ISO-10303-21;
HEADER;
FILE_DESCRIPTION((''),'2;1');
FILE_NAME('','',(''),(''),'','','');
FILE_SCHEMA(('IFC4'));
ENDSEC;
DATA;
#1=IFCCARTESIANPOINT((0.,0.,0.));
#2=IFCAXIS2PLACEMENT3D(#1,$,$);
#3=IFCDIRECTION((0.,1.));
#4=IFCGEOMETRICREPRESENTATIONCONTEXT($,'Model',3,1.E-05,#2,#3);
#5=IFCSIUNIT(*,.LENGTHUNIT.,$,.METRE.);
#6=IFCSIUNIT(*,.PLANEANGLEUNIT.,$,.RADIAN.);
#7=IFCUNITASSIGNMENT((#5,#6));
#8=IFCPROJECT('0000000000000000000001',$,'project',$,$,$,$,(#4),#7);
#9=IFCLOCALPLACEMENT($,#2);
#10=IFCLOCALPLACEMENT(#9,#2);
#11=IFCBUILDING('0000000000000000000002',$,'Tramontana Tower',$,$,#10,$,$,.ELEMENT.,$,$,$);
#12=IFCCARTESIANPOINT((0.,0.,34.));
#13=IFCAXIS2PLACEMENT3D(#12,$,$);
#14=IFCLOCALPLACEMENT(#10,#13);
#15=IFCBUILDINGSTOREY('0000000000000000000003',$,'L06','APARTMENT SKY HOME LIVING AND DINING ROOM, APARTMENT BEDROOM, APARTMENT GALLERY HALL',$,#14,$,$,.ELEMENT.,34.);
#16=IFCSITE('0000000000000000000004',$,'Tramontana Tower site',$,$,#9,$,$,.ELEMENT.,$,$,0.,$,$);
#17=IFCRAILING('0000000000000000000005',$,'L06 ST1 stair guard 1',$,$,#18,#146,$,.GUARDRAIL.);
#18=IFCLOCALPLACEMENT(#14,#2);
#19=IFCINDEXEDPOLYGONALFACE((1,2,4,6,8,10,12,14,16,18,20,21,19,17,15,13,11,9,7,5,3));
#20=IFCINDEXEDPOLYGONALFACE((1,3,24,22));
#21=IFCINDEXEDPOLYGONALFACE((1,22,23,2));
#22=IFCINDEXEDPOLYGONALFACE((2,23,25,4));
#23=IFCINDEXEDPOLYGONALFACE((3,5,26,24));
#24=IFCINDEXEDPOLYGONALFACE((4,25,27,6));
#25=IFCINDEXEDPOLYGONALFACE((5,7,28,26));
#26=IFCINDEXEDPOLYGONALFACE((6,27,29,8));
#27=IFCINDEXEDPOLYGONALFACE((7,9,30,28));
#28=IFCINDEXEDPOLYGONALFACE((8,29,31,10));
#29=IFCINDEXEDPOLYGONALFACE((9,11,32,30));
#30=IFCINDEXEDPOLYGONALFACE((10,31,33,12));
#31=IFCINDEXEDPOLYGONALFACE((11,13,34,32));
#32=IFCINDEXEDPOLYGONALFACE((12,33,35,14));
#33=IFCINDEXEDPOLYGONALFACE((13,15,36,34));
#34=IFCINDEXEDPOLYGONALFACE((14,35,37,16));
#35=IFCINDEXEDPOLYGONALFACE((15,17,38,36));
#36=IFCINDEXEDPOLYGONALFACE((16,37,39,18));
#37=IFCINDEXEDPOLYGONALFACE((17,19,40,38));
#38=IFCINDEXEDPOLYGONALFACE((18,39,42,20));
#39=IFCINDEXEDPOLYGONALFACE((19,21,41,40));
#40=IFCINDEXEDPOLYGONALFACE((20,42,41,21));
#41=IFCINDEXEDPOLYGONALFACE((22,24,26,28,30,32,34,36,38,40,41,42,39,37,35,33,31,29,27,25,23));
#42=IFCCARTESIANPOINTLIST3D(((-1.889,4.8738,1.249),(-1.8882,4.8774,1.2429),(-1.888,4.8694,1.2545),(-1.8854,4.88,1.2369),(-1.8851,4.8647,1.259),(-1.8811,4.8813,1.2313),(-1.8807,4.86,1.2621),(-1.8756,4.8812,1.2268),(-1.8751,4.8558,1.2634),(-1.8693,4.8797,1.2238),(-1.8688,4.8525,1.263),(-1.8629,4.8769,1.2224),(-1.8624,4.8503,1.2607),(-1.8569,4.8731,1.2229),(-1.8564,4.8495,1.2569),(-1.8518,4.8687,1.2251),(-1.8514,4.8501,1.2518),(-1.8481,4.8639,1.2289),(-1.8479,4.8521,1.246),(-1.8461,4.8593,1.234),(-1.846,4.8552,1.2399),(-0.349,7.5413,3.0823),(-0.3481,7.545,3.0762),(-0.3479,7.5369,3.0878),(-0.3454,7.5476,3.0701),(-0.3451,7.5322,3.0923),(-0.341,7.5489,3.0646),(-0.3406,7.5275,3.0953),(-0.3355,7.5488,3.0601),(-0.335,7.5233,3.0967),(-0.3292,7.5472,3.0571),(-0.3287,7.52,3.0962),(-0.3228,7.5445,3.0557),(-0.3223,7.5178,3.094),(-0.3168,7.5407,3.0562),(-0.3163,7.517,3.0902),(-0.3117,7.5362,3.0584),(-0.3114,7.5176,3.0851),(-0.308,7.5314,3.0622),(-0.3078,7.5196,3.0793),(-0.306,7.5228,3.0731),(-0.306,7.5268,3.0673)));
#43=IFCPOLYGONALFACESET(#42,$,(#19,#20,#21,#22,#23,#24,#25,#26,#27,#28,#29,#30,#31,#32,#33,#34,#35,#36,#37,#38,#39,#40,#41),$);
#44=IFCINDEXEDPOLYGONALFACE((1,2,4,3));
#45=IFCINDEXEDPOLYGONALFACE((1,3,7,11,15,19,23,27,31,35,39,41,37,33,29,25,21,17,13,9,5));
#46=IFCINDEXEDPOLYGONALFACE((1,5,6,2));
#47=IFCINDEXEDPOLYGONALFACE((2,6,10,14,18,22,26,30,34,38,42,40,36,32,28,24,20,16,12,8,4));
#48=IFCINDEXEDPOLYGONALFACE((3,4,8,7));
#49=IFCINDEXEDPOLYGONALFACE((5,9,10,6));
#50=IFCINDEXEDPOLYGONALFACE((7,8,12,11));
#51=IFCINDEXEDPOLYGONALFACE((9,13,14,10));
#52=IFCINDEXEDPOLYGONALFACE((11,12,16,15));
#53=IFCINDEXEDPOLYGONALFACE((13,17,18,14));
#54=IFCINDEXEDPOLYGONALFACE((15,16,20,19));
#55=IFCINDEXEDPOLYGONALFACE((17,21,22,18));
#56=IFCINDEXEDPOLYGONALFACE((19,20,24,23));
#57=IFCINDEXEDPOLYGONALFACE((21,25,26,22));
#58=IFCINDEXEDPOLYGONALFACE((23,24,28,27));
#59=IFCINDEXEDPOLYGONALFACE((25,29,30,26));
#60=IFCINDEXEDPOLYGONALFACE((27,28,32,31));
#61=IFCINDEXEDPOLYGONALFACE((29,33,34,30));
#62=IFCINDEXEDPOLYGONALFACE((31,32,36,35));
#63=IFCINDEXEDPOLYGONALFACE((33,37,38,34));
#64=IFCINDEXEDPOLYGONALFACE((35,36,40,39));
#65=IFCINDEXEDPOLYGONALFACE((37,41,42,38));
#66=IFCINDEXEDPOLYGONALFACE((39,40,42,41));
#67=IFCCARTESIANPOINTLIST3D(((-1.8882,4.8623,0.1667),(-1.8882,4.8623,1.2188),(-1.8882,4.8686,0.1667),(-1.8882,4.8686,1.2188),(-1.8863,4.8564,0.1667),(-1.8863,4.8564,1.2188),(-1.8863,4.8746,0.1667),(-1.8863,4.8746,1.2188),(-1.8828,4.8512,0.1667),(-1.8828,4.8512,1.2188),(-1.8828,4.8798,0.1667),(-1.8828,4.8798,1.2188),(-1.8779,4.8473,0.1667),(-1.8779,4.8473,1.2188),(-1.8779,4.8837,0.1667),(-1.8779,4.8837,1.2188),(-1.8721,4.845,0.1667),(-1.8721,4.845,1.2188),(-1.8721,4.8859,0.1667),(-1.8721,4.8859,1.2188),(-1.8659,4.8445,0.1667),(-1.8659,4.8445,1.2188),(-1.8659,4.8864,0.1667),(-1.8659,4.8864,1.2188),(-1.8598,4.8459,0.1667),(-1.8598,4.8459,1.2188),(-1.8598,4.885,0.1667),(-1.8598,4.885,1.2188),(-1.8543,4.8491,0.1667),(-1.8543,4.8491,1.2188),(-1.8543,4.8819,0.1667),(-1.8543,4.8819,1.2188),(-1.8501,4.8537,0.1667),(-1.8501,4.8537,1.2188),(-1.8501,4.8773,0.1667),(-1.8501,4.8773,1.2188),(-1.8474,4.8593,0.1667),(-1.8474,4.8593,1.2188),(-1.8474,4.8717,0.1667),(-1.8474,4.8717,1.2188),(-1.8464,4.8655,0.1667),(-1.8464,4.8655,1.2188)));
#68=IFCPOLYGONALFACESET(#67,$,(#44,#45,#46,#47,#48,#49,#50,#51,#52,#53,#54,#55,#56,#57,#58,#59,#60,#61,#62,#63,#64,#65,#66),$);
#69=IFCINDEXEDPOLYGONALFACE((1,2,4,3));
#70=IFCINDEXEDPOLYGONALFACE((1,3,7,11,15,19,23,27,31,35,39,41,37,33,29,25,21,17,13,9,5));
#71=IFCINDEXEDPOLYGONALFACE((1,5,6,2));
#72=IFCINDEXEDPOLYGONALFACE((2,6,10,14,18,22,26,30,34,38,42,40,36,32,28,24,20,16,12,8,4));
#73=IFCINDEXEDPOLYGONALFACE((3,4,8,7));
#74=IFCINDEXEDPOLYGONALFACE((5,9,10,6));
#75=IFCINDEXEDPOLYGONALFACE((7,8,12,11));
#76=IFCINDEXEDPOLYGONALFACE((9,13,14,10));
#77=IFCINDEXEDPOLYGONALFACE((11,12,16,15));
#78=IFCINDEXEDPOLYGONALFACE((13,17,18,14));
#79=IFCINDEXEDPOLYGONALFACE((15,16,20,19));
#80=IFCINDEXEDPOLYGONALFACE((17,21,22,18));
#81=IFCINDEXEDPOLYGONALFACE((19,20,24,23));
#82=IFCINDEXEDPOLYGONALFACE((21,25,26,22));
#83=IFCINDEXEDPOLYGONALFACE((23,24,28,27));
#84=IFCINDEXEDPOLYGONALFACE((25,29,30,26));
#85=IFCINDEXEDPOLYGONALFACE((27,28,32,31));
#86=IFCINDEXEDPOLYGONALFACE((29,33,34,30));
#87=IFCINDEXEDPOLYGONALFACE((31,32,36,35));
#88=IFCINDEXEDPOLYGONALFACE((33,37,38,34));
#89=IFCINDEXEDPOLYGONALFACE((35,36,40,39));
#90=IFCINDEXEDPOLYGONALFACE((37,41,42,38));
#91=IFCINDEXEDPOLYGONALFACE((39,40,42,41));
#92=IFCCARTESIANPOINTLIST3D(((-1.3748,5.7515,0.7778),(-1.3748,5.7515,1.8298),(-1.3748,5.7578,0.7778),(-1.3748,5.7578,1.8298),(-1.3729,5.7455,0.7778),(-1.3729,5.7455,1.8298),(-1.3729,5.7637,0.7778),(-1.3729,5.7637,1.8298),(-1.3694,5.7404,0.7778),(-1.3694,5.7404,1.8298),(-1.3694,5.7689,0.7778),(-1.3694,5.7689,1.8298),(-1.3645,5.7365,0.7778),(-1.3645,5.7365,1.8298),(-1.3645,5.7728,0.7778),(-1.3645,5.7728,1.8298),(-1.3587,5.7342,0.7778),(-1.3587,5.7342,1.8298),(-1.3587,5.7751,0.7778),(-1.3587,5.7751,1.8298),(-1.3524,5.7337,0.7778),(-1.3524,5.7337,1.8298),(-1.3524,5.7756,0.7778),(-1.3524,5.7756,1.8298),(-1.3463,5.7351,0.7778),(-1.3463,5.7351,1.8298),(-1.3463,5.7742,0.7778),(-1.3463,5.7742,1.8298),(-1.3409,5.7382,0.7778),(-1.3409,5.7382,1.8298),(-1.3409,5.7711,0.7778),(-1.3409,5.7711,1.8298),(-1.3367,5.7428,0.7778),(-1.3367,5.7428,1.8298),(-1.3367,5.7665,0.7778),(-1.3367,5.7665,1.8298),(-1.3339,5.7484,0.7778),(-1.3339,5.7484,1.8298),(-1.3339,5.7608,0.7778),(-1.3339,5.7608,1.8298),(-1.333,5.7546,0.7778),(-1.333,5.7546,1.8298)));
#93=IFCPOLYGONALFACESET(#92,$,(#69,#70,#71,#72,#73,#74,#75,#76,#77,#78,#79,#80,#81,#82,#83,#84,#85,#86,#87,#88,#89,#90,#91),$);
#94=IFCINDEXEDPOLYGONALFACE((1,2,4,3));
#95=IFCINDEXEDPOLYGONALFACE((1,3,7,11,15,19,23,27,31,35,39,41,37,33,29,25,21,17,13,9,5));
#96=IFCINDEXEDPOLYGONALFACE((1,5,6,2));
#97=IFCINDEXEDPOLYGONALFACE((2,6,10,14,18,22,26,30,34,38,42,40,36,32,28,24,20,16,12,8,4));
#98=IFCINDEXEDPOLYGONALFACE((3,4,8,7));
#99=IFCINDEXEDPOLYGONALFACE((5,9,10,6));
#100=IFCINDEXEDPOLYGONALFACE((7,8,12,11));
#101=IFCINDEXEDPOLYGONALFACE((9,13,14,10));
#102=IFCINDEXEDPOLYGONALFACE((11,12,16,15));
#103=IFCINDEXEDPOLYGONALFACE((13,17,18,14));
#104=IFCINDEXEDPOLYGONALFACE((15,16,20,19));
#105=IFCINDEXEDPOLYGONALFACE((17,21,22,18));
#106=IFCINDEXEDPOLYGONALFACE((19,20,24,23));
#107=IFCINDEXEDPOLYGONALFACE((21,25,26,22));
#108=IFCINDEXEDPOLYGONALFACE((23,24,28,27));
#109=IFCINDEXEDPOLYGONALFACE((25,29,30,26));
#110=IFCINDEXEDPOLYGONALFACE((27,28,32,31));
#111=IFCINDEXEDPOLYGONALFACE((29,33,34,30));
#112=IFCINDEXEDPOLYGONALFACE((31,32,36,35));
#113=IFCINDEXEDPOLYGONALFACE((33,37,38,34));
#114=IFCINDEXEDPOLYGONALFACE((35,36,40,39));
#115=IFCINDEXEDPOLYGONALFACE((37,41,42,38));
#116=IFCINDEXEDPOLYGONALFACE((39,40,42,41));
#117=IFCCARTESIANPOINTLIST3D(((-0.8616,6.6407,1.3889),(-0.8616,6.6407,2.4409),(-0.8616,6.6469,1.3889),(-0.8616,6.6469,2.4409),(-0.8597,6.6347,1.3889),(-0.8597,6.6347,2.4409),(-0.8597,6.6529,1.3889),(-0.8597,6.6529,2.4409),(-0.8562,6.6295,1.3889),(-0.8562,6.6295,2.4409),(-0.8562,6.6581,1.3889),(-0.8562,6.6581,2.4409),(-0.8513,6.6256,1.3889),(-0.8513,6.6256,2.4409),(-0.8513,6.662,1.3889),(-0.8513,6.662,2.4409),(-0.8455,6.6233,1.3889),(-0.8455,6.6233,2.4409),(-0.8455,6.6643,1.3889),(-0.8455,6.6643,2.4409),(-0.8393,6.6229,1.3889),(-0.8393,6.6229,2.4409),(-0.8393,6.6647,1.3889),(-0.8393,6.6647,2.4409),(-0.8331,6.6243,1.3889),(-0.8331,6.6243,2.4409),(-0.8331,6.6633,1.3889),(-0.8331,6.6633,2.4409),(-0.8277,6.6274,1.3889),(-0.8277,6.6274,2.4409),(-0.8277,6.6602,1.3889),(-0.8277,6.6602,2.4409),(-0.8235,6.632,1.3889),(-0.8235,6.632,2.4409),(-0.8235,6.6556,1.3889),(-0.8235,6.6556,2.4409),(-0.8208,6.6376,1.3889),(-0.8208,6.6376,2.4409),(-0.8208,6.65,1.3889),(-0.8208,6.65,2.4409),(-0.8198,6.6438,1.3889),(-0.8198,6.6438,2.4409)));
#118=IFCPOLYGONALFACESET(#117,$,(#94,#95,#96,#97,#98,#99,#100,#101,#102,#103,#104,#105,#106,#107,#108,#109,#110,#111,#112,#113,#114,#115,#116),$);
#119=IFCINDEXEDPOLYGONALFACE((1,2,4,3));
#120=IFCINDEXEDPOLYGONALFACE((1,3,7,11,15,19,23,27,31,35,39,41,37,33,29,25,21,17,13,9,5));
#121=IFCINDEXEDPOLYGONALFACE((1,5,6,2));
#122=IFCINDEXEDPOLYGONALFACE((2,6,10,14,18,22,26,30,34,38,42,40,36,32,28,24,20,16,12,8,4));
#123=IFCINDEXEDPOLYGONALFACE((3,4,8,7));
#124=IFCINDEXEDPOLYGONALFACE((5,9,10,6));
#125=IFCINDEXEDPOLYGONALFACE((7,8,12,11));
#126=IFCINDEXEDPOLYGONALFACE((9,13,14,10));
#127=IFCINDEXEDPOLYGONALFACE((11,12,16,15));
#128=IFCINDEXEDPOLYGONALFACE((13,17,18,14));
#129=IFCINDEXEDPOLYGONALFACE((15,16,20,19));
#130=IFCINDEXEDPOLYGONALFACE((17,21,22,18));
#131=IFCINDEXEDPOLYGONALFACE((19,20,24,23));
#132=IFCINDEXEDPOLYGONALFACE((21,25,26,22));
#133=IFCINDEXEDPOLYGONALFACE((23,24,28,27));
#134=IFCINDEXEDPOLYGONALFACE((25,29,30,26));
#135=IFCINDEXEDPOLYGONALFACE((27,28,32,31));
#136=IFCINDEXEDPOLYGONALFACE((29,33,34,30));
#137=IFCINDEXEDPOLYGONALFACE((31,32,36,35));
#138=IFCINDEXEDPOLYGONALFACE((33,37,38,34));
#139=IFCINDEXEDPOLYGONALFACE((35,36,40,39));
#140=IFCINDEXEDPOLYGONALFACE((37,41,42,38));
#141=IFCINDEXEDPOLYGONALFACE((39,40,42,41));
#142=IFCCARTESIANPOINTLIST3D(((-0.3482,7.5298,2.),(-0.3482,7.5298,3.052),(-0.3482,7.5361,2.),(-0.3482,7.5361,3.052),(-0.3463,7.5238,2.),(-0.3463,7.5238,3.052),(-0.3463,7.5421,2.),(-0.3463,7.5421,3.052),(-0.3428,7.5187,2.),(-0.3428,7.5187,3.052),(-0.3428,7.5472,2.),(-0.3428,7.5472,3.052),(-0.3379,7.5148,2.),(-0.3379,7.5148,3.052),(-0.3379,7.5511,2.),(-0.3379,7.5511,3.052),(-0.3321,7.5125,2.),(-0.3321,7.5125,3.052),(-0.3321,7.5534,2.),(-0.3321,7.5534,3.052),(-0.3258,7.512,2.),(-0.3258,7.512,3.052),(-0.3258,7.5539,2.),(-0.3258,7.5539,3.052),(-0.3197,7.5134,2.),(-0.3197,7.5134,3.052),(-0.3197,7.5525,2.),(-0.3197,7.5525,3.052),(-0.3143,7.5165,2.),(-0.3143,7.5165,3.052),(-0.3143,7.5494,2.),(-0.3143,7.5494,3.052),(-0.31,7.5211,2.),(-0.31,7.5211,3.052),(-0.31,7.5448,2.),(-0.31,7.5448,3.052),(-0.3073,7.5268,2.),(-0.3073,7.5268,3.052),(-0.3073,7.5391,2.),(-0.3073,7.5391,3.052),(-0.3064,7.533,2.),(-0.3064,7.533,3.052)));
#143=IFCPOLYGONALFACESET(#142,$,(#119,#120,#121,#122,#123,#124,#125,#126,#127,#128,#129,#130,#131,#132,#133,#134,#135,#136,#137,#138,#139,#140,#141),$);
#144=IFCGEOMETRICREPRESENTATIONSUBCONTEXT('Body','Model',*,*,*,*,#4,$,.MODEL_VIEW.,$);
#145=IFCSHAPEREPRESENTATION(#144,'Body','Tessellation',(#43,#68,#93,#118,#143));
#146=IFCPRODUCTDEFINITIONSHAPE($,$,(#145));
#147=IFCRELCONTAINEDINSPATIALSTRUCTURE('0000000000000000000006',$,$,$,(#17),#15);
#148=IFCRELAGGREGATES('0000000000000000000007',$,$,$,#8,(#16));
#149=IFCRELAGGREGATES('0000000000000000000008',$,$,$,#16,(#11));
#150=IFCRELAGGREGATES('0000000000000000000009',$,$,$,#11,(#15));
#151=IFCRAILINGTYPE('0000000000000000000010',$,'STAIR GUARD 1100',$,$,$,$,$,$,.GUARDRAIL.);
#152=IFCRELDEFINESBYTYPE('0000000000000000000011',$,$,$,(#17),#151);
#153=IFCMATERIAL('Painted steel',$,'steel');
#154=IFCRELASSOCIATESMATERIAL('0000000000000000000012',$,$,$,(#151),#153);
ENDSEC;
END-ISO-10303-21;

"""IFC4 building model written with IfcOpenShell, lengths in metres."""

from ifc_helpers import new_model, si_unit, direction, frame, origin, origin_2d, place, context, subcontext, project, spatial, circle, extrude, material, type_object, element, save


model = new_model("IFC4")

# Units and contexts
model_context = context("Model", 3, precision=1e-05, world=origin(), true_north=direction((0.0, 1.0)))
body_context = subcontext(model_context, "Body", "Model", "MODEL_VIEW")
ifc_project = project(units=[si_unit("LENGTHUNIT", "METRE"), si_unit("PLANEANGLEUNIT", "RADIAN")], contexts=[model_context])

# Site, building, storey
site_placement = place(None, origin())
site = spatial("IfcSite", under=ifc_project, at=site_placement, Name="Tramontana Tower site", CompositionType="ELEMENT", RefElevation=0.0)
building_placement = place(site_placement, origin())
building = spatial("IfcBuilding", under=site, at=building_placement, Name="Tramontana Tower", CompositionType="ELEMENT")
storey_placement = place(building_placement, frame((0.0, 0.0, 34.0)))
storey = spatial("IfcBuildingStorey", under=building, at=storey_placement, Name="L06", Description="APARTMENT SKY HOME LIVING AND DINING ROOM, APARTMENT BEDROOM, APARTMENT GALLERY HALL", CompositionType="ELEMENT", Elevation=34.0)

# Railing
ifc_material_1 = material(Name="Painted steel", Category="steel")
railing_type_1 = type_object("IfcRailingType", Name="STAIR GUARD 1100", PredefinedType="GUARDRAIL", material=ifc_material_1)
railing_1_placement = place(storey_placement, frame((-1.8674, 4.8655, 0.1667)))
element("IfcRailing", 1, at=railing_1_placement, inside=storey, type_object=railing_type_1, Name="L06 ST1 stair guard 1", PredefinedType="GUARDRAIL", context=body_context, shape_type="SweptSolid", body=[
    extrude(circle(Radius=0.0239, at=origin_2d()), frame((0.0, 0.0, 1.0762), z_axis=(0.429649, 0.74419, 0.511452), x_axis=(-0.86603, 0.499992, 0.0)), (0.0, 0.0, 1.0), 3.5845),
    extrude(circle(Radius=0.021, at=origin_2d()), origin(), (0.0, 0.0, 1.0), 1.052),
    extrude(circle(Radius=0.021, at=origin_2d()), frame((0.5134, 0.8892, 0.6111)), (0.0, 0.0, 1.0), 1.052),
    extrude(circle(Radius=0.021, at=origin_2d()), frame((1.0266, 1.7783, 1.2222)), (0.0, 0.0, 1.0), 1.052),
    extrude(circle(Radius=0.021, at=origin_2d()), frame((1.54, 2.6675, 1.8333)), (0.0, 0.0, 1.0), 1.052),
])

save(model, "model.ifc")
